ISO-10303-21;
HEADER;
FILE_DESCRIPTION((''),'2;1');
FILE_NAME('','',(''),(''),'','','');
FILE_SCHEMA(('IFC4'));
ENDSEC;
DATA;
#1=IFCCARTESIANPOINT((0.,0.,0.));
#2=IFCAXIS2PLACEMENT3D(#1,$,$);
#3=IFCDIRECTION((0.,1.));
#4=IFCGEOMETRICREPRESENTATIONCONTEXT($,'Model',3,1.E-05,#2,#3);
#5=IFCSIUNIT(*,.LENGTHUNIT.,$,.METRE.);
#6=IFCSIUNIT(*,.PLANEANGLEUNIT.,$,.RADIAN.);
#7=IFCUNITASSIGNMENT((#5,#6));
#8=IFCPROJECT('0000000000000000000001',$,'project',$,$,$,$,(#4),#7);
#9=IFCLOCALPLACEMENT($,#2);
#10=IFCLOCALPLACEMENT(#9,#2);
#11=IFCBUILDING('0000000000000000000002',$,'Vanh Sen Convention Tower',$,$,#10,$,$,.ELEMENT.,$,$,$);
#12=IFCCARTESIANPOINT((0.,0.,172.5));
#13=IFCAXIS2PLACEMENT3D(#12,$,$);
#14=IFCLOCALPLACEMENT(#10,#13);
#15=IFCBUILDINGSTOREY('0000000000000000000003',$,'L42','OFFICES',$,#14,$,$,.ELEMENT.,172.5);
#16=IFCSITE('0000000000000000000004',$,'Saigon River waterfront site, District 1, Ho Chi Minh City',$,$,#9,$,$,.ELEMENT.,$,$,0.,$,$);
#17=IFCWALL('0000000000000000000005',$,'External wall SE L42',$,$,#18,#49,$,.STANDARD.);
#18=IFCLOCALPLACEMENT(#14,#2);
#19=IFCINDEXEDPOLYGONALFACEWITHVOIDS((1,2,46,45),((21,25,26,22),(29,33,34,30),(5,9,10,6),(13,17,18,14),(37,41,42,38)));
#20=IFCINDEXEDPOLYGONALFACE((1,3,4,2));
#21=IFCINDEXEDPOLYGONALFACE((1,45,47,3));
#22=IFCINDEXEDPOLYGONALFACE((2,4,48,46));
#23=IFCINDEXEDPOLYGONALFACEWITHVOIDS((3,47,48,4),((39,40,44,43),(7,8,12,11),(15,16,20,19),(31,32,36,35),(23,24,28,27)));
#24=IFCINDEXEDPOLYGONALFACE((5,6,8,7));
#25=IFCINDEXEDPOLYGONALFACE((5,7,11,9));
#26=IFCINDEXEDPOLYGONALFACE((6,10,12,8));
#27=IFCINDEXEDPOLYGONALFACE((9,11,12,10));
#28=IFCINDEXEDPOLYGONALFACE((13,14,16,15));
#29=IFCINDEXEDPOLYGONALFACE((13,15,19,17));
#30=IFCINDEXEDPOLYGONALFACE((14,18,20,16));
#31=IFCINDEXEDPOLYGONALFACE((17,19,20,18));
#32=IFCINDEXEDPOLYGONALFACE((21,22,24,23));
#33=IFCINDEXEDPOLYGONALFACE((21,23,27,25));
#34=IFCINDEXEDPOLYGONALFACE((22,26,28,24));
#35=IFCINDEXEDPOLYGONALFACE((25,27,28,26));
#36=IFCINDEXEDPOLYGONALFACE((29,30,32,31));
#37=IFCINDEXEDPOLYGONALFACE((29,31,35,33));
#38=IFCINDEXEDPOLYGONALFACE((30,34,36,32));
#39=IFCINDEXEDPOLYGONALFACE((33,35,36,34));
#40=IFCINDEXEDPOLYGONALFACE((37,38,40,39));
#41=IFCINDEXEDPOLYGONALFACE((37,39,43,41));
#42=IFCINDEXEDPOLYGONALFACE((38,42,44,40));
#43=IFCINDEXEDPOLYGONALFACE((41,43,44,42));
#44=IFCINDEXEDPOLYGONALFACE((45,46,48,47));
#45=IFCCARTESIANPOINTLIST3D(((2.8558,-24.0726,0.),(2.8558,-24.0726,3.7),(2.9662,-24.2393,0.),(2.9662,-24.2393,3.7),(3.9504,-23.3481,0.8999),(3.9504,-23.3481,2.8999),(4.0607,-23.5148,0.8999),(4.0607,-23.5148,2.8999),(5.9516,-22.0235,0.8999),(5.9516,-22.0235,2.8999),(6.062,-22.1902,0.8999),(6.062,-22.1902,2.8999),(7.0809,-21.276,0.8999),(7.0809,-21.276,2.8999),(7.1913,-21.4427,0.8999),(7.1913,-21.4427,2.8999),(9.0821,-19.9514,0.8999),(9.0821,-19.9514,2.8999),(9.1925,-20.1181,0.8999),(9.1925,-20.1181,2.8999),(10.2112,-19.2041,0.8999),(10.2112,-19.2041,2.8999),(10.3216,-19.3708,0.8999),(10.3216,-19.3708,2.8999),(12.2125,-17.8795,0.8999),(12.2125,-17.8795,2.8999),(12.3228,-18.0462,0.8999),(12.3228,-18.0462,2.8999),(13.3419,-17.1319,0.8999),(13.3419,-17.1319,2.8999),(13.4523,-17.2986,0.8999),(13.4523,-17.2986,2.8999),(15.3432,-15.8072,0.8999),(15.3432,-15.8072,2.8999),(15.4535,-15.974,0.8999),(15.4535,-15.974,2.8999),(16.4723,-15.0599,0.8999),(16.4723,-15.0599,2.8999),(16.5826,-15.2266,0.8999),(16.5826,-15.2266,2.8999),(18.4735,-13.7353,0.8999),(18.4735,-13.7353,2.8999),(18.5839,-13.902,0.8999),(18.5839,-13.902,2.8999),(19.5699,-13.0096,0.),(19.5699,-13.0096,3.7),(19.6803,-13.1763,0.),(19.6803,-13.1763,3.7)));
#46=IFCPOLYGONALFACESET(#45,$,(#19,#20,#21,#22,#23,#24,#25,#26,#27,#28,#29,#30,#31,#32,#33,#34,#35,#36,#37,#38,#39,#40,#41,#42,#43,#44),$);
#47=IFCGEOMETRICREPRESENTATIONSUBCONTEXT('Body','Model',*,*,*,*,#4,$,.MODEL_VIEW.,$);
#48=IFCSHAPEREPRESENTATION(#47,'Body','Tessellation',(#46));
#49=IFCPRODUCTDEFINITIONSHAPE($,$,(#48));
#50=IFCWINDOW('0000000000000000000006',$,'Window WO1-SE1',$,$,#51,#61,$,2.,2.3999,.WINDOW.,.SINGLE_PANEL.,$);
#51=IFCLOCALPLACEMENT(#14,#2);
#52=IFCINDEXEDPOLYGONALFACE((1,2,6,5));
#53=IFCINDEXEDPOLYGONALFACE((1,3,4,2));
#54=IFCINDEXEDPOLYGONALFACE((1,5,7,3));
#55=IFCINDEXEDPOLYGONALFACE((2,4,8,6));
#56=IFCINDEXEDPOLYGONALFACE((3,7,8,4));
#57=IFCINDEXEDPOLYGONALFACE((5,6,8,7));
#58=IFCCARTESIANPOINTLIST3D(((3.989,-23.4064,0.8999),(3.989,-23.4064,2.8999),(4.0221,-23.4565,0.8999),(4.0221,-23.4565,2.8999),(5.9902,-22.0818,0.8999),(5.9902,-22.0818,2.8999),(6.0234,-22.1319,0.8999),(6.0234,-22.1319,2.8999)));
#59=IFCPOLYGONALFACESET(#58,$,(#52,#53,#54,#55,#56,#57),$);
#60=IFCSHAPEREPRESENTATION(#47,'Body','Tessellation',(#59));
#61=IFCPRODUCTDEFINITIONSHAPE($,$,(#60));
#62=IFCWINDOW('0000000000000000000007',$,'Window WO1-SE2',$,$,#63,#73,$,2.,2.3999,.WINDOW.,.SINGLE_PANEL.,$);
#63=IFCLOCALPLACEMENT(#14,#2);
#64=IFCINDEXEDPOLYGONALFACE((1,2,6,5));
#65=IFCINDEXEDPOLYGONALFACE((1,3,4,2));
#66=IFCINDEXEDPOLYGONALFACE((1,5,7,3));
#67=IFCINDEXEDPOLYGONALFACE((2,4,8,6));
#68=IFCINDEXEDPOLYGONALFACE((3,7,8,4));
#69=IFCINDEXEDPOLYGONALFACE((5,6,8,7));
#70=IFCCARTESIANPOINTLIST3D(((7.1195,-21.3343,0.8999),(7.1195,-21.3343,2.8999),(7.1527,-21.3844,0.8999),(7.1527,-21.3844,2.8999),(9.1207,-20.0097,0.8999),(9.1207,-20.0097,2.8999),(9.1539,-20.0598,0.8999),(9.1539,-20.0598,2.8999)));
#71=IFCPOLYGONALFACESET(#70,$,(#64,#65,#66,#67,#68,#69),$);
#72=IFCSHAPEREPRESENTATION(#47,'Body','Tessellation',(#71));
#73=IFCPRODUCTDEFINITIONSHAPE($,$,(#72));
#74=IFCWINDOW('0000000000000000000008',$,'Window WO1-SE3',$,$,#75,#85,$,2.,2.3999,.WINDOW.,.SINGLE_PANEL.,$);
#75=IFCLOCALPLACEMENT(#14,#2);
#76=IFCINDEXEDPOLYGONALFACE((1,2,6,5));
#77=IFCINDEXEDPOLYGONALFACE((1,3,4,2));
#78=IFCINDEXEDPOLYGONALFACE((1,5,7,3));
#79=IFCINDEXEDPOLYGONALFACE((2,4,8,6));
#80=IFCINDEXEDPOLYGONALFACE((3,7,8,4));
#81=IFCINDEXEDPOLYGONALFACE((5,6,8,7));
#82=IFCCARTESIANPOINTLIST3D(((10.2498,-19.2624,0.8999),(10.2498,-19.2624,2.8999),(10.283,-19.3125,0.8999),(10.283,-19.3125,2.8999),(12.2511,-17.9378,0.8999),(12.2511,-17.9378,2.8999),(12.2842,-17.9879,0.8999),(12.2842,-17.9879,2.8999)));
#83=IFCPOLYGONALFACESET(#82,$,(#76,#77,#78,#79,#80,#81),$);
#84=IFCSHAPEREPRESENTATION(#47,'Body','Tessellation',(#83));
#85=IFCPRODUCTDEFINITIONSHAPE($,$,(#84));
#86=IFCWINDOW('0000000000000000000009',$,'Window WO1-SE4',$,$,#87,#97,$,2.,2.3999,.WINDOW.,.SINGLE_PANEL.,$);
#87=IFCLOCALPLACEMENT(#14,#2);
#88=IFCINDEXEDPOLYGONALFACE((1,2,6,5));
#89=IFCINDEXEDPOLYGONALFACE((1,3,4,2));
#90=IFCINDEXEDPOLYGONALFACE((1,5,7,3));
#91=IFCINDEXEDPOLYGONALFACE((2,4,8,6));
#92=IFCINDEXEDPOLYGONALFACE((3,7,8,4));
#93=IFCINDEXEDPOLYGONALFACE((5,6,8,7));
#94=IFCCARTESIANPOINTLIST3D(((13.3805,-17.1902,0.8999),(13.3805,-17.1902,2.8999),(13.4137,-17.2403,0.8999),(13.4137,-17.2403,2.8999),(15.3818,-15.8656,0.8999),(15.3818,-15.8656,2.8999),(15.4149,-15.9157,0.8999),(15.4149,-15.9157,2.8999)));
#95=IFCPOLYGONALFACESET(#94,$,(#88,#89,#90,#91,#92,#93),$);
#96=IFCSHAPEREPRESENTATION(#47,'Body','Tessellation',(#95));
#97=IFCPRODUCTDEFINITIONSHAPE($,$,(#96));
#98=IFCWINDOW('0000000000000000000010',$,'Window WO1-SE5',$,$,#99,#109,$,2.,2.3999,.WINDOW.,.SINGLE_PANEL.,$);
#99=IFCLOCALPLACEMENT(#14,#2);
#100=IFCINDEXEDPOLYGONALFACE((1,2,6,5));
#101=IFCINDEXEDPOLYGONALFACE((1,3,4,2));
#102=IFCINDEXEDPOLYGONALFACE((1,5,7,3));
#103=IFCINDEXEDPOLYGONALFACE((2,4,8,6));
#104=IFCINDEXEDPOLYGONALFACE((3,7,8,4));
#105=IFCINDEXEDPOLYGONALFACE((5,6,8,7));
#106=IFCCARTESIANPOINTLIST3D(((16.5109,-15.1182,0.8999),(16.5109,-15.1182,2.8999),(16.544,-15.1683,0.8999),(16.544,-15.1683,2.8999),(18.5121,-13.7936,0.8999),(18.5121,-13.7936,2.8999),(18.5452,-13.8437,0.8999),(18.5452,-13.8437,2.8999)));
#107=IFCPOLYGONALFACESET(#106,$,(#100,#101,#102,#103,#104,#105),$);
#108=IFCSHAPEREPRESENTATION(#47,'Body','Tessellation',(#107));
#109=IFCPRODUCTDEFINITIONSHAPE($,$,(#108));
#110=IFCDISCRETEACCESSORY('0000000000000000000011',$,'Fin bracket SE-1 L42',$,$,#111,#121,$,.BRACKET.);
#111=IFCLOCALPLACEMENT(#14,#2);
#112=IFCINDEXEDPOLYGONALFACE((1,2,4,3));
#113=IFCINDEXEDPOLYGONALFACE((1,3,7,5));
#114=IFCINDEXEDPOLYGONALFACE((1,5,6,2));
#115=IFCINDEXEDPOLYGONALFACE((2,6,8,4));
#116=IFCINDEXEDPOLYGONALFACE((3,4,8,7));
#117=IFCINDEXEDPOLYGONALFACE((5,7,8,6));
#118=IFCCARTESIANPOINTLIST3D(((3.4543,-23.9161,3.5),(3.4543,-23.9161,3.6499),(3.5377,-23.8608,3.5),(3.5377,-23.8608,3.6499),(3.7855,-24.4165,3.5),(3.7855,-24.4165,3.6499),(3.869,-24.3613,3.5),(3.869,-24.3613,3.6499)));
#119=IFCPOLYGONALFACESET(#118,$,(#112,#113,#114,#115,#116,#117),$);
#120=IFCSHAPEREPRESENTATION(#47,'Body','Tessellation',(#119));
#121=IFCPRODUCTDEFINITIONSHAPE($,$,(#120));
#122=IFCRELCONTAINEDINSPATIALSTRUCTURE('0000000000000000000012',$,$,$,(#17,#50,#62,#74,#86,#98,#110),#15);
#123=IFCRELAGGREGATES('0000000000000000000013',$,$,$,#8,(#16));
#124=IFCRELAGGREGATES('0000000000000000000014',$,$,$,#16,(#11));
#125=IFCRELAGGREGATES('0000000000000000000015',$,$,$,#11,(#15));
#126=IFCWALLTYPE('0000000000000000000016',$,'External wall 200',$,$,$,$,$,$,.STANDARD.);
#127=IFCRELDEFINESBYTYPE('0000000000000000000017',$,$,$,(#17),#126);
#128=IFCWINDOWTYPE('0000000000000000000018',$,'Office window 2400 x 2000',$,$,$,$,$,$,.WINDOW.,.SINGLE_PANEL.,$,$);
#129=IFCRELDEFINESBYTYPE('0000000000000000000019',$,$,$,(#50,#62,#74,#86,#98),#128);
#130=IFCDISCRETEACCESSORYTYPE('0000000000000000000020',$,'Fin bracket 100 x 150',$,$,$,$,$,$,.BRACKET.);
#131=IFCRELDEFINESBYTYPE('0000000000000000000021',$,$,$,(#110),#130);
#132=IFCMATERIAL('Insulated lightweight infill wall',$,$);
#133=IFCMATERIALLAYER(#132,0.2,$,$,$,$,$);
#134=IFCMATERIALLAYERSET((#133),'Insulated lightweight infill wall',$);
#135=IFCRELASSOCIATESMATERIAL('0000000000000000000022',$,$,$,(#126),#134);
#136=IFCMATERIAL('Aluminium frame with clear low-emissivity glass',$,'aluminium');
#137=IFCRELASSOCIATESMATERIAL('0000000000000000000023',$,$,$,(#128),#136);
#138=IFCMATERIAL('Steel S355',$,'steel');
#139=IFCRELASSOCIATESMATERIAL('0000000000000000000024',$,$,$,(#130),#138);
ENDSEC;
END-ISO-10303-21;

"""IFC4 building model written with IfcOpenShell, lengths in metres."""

from ifc_helpers import new_model, si_unit, direction, frame, frame_2d, origin, origin_2d, place, context, subcontext, project, spatial, rectangle, extrude, material, layer, layer_set, type_object, element, fill, save


model = new_model("IFC4")

# Units and contexts
model_context = context("Model", 3, precision=1e-05, world=origin(), true_north=direction((0.0, 1.0)))
body_context = subcontext(model_context, "Body", "Model", "MODEL_VIEW")
ifc_project = project(units=[si_unit("LENGTHUNIT", "METRE"), si_unit("PLANEANGLEUNIT", "RADIAN")], contexts=[model_context])

# Site, building, storey
site_placement = place(None, origin())
site = spatial("IfcSite", under=ifc_project, at=site_placement, Name="Saigon River waterfront site, District 1, Ho Chi Minh City", CompositionType="ELEMENT", RefElevation=0.0)
building_placement = place(site_placement, origin())
building = spatial("IfcBuilding", under=site, at=building_placement, Name="Vanh Sen Convention Tower", CompositionType="ELEMENT")
storey_placement = place(building_placement, frame((0.0, 0.0, 172.5)))
storey = spatial("IfcBuildingStorey", under=building, at=storey_placement, Name="L42", Description="OFFICES", CompositionType="ELEMENT", Elevation=172.5)

# Wall, openings, windows
ifc_material_1 = material(Name="Insulated lightweight infill wall")
ifc_layer_1 = layer(ifc_material_1, 0.2)
ifc_layer_set_1 = layer_set([ifc_layer_1], Name="Insulated lightweight infill wall")
wall_type_1 = type_object("IfcWallType", Name="External wall 200", PredefinedType="STANDARD", material=ifc_layer_set_1)
wall_1_placement = place(storey_placement, frame((2.9109, -24.156, 0.0), z_axis=(0.0, 0.0, 1.0), x_axis=(0.833882, 0.551943, 0.0)))
wall_1 = element("IfcWall", 1, at=wall_1_placement, inside=storey, type_object=wall_type_1, Name="External wall SE L42", PredefinedType="STANDARD", context=body_context, shape_type="SweptSolid", body=[
    extrude(rectangle(XDim=20.0437, YDim=0.2, at=frame_2d((10.022, 0.0))), origin(), (0.0, 0.0, 1.0), 3.7),
])
opening_1_placement = place(wall_1_placement, frame((1.3127, 0.0, 0.8999)))
opening_1 = element("IfcOpeningElement", 2, at=opening_1_placement, cuts=wall_1, PredefinedType="OPENING", context=body_context, shape_type="SweptSolid", body=[
    extrude(rectangle(XDim=2.3999, YDim=2.0, at=frame_2d((1.2, 1.0))), frame((0.0, 0.1099, 0.0), z_axis=(0.0, -1.0, 0.0), x_axis=(1.0, 0.0, 0.0)), (0.0, 0.0, 1.0), 0.22),
])
opening_2_placement = place(wall_1_placement, frame((5.0669, 0.0, 0.8999)))
opening_2 = element("IfcOpeningElement", 3, at=opening_2_placement, cuts=wall_1, PredefinedType="OPENING", context=body_context, shape_type="SweptSolid", body=[
    extrude(rectangle(XDim=2.3999, YDim=2.0, at=frame_2d((1.2, 1.0))), frame((0.0, 0.1099, 0.0), z_axis=(0.0, -1.0, 0.0), x_axis=(1.0, 0.0, 0.0)), (0.0, 0.0, 1.0), 0.22),
])
opening_3_placement = place(wall_1_placement, frame((8.8208, 0.0, 0.8999)))
opening_3 = element("IfcOpeningElement", 4, at=opening_3_placement, cuts=wall_1, PredefinedType="OPENING", context=body_context, shape_type="SweptSolid", body=[
    extrude(rectangle(XDim=2.3999, YDim=2.0, at=frame_2d((1.2, 1.0))), frame((0.0, 0.1099, 0.0), z_axis=(0.0, -1.0, 0.0), x_axis=(1.0, 0.0, 0.0)), (0.0, 0.0, 1.0), 0.22),
])
opening_4_placement = place(wall_1_placement, frame((12.5752, 0.0, 0.8999)))
opening_4 = element("IfcOpeningElement", 5, at=opening_4_placement, cuts=wall_1, PredefinedType="OPENING", context=body_context, shape_type="SweptSolid", body=[
    extrude(rectangle(XDim=2.3999, YDim=2.0, at=frame_2d((1.2, 1.0))), frame((0.0, 0.1099, 0.0), z_axis=(0.0, -1.0, 0.0), x_axis=(1.0, 0.0, 0.0)), (0.0, 0.0, 1.0), 0.22),
])
opening_5_placement = place(wall_1_placement, frame((16.3291, 0.0, 0.8999)))
opening_5 = element("IfcOpeningElement", 6, at=opening_5_placement, cuts=wall_1, PredefinedType="OPENING", context=body_context, shape_type="SweptSolid", body=[
    extrude(rectangle(XDim=2.3999, YDim=2.0, at=frame_2d((1.2, 1.0))), frame((0.0, 0.1099, 0.0), z_axis=(0.0, -1.0, 0.0), x_axis=(1.0, 0.0, 0.0)), (0.0, 0.0, 1.0), 0.22),
])
ifc_material_2 = material(Name="Aluminium frame with clear low-emissivity glass", Category="aluminium")
window_type = type_object("IfcWindowType", Name="Office window 2400 x 2000", PartitioningType="SINGLE_PANEL", PredefinedType="WINDOW", material=ifc_material_2)
window_1_placement = place(opening_1_placement, origin())
window_1 = element("IfcWindow", 7, at=window_1_placement, inside=storey, type_object=window_type, Name="Window WO1-SE1", OverallHeight=2.0, OverallWidth=2.3999, PartitioningType="SINGLE_PANEL", PredefinedType="WINDOW", context=body_context, shape_type="SweptSolid", body=[
    extrude(rectangle(XDim=2.3999, YDim=2.0, at=frame_2d((1.2, 1.0))), frame((0.0, 0.03, 0.0), z_axis=(0.0, -1.0, 0.0), x_axis=(1.0, 0.0, 0.0)), (0.0, 0.0, 1.0), 0.0601),
])
fill(opening_1, window_1)
window_2_placement = place(opening_2_placement, origin())
window_2 = element("IfcWindow", 8, at=window_2_placement, inside=storey, type_object=window_type, Name="Window WO1-SE2", OverallHeight=2.0, OverallWidth=2.3999, PartitioningType="SINGLE_PANEL", PredefinedType="WINDOW", context=body_context, shape_type="SweptSolid", body=[
    extrude(rectangle(XDim=2.3999, YDim=2.0, at=frame_2d((1.2, 1.0))), frame((0.0, 0.03, 0.0), z_axis=(0.0, -1.0, 0.0), x_axis=(1.0, 0.0, 0.0)), (0.0, 0.0, 1.0), 0.0601),
])
fill(opening_2, window_2)
window_3_placement = place(opening_3_placement, origin())
window_3 = element("IfcWindow", 9, at=window_3_placement, inside=storey, type_object=window_type, Name="Window WO1-SE3", OverallHeight=2.0, OverallWidth=2.3999, PartitioningType="SINGLE_PANEL", PredefinedType="WINDOW", context=body_context, shape_type="SweptSolid", body=[
    extrude(rectangle(XDim=2.3999, YDim=2.0, at=frame_2d((1.2, 1.0))), frame((0.0, 0.03, 0.0), z_axis=(0.0, -1.0, 0.0), x_axis=(1.0, 0.0, 0.0)), (0.0, 0.0, 1.0), 0.0601),
])
fill(opening_3, window_3)
window_4_placement = place(opening_4_placement, origin())
window_4 = element("IfcWindow", 10, at=window_4_placement, inside=storey, type_object=window_type, Name="Window WO1-SE4", OverallHeight=2.0, OverallWidth=2.3999, PartitioningType="SINGLE_PANEL", PredefinedType="WINDOW", context=body_context, shape_type="SweptSolid", body=[
    extrude(rectangle(XDim=2.3999, YDim=2.0, at=frame_2d((1.2, 1.0))), frame((0.0, 0.03, 0.0), z_axis=(0.0, -1.0, 0.0), x_axis=(1.0, 0.0, 0.0)), (0.0, 0.0, 1.0), 0.0601),
])
fill(opening_4, window_4)
window_5_placement = place(opening_5_placement, origin())
window_5 = element("IfcWindow", 11, at=window_5_placement, inside=storey, type_object=window_type, Name="Window WO1-SE5", OverallHeight=2.0, OverallWidth=2.3999, PartitioningType="SINGLE_PANEL", PredefinedType="WINDOW", context=body_context, shape_type="SweptSolid", body=[
    extrude(rectangle(XDim=2.3999, YDim=2.0, at=frame_2d((1.2, 1.0))), frame((0.0, 0.03, 0.0), z_axis=(0.0, -1.0, 0.0), x_axis=(1.0, 0.0, 0.0)), (0.0, 0.0, 1.0), 0.0601),
])
fill(opening_5, window_5)

# Discrete accessory
ifc_material_3 = material(Name="Steel S355", Category="steel")
discrete_accessory_type = type_object("IfcDiscreteAccessoryType", Name="Fin bracket 100 x 150", PredefinedType="BRACKET", material=ifc_material_3)
discrete_accessory_placement = place(storey_placement, frame((3.6616, -24.1387, 3.5), z_axis=(0.0, 0.0, 1.0), x_axis=(0.551937, -0.833886, 0.0)))
element("IfcDiscreteAccessory", 12, at=discrete_accessory_placement, inside=storey, type_object=discrete_accessory_type, Name="Fin bracket SE-1 L42", PredefinedType="BRACKET", context=body_context, shape_type="SweptSolid", body=[
    extrude(rectangle(XDim=0.6001, YDim=0.1001, at=origin_2d()), origin(), (0.0, 0.0, 1.0), 0.1499),
])

save(model, "model.ifc")
